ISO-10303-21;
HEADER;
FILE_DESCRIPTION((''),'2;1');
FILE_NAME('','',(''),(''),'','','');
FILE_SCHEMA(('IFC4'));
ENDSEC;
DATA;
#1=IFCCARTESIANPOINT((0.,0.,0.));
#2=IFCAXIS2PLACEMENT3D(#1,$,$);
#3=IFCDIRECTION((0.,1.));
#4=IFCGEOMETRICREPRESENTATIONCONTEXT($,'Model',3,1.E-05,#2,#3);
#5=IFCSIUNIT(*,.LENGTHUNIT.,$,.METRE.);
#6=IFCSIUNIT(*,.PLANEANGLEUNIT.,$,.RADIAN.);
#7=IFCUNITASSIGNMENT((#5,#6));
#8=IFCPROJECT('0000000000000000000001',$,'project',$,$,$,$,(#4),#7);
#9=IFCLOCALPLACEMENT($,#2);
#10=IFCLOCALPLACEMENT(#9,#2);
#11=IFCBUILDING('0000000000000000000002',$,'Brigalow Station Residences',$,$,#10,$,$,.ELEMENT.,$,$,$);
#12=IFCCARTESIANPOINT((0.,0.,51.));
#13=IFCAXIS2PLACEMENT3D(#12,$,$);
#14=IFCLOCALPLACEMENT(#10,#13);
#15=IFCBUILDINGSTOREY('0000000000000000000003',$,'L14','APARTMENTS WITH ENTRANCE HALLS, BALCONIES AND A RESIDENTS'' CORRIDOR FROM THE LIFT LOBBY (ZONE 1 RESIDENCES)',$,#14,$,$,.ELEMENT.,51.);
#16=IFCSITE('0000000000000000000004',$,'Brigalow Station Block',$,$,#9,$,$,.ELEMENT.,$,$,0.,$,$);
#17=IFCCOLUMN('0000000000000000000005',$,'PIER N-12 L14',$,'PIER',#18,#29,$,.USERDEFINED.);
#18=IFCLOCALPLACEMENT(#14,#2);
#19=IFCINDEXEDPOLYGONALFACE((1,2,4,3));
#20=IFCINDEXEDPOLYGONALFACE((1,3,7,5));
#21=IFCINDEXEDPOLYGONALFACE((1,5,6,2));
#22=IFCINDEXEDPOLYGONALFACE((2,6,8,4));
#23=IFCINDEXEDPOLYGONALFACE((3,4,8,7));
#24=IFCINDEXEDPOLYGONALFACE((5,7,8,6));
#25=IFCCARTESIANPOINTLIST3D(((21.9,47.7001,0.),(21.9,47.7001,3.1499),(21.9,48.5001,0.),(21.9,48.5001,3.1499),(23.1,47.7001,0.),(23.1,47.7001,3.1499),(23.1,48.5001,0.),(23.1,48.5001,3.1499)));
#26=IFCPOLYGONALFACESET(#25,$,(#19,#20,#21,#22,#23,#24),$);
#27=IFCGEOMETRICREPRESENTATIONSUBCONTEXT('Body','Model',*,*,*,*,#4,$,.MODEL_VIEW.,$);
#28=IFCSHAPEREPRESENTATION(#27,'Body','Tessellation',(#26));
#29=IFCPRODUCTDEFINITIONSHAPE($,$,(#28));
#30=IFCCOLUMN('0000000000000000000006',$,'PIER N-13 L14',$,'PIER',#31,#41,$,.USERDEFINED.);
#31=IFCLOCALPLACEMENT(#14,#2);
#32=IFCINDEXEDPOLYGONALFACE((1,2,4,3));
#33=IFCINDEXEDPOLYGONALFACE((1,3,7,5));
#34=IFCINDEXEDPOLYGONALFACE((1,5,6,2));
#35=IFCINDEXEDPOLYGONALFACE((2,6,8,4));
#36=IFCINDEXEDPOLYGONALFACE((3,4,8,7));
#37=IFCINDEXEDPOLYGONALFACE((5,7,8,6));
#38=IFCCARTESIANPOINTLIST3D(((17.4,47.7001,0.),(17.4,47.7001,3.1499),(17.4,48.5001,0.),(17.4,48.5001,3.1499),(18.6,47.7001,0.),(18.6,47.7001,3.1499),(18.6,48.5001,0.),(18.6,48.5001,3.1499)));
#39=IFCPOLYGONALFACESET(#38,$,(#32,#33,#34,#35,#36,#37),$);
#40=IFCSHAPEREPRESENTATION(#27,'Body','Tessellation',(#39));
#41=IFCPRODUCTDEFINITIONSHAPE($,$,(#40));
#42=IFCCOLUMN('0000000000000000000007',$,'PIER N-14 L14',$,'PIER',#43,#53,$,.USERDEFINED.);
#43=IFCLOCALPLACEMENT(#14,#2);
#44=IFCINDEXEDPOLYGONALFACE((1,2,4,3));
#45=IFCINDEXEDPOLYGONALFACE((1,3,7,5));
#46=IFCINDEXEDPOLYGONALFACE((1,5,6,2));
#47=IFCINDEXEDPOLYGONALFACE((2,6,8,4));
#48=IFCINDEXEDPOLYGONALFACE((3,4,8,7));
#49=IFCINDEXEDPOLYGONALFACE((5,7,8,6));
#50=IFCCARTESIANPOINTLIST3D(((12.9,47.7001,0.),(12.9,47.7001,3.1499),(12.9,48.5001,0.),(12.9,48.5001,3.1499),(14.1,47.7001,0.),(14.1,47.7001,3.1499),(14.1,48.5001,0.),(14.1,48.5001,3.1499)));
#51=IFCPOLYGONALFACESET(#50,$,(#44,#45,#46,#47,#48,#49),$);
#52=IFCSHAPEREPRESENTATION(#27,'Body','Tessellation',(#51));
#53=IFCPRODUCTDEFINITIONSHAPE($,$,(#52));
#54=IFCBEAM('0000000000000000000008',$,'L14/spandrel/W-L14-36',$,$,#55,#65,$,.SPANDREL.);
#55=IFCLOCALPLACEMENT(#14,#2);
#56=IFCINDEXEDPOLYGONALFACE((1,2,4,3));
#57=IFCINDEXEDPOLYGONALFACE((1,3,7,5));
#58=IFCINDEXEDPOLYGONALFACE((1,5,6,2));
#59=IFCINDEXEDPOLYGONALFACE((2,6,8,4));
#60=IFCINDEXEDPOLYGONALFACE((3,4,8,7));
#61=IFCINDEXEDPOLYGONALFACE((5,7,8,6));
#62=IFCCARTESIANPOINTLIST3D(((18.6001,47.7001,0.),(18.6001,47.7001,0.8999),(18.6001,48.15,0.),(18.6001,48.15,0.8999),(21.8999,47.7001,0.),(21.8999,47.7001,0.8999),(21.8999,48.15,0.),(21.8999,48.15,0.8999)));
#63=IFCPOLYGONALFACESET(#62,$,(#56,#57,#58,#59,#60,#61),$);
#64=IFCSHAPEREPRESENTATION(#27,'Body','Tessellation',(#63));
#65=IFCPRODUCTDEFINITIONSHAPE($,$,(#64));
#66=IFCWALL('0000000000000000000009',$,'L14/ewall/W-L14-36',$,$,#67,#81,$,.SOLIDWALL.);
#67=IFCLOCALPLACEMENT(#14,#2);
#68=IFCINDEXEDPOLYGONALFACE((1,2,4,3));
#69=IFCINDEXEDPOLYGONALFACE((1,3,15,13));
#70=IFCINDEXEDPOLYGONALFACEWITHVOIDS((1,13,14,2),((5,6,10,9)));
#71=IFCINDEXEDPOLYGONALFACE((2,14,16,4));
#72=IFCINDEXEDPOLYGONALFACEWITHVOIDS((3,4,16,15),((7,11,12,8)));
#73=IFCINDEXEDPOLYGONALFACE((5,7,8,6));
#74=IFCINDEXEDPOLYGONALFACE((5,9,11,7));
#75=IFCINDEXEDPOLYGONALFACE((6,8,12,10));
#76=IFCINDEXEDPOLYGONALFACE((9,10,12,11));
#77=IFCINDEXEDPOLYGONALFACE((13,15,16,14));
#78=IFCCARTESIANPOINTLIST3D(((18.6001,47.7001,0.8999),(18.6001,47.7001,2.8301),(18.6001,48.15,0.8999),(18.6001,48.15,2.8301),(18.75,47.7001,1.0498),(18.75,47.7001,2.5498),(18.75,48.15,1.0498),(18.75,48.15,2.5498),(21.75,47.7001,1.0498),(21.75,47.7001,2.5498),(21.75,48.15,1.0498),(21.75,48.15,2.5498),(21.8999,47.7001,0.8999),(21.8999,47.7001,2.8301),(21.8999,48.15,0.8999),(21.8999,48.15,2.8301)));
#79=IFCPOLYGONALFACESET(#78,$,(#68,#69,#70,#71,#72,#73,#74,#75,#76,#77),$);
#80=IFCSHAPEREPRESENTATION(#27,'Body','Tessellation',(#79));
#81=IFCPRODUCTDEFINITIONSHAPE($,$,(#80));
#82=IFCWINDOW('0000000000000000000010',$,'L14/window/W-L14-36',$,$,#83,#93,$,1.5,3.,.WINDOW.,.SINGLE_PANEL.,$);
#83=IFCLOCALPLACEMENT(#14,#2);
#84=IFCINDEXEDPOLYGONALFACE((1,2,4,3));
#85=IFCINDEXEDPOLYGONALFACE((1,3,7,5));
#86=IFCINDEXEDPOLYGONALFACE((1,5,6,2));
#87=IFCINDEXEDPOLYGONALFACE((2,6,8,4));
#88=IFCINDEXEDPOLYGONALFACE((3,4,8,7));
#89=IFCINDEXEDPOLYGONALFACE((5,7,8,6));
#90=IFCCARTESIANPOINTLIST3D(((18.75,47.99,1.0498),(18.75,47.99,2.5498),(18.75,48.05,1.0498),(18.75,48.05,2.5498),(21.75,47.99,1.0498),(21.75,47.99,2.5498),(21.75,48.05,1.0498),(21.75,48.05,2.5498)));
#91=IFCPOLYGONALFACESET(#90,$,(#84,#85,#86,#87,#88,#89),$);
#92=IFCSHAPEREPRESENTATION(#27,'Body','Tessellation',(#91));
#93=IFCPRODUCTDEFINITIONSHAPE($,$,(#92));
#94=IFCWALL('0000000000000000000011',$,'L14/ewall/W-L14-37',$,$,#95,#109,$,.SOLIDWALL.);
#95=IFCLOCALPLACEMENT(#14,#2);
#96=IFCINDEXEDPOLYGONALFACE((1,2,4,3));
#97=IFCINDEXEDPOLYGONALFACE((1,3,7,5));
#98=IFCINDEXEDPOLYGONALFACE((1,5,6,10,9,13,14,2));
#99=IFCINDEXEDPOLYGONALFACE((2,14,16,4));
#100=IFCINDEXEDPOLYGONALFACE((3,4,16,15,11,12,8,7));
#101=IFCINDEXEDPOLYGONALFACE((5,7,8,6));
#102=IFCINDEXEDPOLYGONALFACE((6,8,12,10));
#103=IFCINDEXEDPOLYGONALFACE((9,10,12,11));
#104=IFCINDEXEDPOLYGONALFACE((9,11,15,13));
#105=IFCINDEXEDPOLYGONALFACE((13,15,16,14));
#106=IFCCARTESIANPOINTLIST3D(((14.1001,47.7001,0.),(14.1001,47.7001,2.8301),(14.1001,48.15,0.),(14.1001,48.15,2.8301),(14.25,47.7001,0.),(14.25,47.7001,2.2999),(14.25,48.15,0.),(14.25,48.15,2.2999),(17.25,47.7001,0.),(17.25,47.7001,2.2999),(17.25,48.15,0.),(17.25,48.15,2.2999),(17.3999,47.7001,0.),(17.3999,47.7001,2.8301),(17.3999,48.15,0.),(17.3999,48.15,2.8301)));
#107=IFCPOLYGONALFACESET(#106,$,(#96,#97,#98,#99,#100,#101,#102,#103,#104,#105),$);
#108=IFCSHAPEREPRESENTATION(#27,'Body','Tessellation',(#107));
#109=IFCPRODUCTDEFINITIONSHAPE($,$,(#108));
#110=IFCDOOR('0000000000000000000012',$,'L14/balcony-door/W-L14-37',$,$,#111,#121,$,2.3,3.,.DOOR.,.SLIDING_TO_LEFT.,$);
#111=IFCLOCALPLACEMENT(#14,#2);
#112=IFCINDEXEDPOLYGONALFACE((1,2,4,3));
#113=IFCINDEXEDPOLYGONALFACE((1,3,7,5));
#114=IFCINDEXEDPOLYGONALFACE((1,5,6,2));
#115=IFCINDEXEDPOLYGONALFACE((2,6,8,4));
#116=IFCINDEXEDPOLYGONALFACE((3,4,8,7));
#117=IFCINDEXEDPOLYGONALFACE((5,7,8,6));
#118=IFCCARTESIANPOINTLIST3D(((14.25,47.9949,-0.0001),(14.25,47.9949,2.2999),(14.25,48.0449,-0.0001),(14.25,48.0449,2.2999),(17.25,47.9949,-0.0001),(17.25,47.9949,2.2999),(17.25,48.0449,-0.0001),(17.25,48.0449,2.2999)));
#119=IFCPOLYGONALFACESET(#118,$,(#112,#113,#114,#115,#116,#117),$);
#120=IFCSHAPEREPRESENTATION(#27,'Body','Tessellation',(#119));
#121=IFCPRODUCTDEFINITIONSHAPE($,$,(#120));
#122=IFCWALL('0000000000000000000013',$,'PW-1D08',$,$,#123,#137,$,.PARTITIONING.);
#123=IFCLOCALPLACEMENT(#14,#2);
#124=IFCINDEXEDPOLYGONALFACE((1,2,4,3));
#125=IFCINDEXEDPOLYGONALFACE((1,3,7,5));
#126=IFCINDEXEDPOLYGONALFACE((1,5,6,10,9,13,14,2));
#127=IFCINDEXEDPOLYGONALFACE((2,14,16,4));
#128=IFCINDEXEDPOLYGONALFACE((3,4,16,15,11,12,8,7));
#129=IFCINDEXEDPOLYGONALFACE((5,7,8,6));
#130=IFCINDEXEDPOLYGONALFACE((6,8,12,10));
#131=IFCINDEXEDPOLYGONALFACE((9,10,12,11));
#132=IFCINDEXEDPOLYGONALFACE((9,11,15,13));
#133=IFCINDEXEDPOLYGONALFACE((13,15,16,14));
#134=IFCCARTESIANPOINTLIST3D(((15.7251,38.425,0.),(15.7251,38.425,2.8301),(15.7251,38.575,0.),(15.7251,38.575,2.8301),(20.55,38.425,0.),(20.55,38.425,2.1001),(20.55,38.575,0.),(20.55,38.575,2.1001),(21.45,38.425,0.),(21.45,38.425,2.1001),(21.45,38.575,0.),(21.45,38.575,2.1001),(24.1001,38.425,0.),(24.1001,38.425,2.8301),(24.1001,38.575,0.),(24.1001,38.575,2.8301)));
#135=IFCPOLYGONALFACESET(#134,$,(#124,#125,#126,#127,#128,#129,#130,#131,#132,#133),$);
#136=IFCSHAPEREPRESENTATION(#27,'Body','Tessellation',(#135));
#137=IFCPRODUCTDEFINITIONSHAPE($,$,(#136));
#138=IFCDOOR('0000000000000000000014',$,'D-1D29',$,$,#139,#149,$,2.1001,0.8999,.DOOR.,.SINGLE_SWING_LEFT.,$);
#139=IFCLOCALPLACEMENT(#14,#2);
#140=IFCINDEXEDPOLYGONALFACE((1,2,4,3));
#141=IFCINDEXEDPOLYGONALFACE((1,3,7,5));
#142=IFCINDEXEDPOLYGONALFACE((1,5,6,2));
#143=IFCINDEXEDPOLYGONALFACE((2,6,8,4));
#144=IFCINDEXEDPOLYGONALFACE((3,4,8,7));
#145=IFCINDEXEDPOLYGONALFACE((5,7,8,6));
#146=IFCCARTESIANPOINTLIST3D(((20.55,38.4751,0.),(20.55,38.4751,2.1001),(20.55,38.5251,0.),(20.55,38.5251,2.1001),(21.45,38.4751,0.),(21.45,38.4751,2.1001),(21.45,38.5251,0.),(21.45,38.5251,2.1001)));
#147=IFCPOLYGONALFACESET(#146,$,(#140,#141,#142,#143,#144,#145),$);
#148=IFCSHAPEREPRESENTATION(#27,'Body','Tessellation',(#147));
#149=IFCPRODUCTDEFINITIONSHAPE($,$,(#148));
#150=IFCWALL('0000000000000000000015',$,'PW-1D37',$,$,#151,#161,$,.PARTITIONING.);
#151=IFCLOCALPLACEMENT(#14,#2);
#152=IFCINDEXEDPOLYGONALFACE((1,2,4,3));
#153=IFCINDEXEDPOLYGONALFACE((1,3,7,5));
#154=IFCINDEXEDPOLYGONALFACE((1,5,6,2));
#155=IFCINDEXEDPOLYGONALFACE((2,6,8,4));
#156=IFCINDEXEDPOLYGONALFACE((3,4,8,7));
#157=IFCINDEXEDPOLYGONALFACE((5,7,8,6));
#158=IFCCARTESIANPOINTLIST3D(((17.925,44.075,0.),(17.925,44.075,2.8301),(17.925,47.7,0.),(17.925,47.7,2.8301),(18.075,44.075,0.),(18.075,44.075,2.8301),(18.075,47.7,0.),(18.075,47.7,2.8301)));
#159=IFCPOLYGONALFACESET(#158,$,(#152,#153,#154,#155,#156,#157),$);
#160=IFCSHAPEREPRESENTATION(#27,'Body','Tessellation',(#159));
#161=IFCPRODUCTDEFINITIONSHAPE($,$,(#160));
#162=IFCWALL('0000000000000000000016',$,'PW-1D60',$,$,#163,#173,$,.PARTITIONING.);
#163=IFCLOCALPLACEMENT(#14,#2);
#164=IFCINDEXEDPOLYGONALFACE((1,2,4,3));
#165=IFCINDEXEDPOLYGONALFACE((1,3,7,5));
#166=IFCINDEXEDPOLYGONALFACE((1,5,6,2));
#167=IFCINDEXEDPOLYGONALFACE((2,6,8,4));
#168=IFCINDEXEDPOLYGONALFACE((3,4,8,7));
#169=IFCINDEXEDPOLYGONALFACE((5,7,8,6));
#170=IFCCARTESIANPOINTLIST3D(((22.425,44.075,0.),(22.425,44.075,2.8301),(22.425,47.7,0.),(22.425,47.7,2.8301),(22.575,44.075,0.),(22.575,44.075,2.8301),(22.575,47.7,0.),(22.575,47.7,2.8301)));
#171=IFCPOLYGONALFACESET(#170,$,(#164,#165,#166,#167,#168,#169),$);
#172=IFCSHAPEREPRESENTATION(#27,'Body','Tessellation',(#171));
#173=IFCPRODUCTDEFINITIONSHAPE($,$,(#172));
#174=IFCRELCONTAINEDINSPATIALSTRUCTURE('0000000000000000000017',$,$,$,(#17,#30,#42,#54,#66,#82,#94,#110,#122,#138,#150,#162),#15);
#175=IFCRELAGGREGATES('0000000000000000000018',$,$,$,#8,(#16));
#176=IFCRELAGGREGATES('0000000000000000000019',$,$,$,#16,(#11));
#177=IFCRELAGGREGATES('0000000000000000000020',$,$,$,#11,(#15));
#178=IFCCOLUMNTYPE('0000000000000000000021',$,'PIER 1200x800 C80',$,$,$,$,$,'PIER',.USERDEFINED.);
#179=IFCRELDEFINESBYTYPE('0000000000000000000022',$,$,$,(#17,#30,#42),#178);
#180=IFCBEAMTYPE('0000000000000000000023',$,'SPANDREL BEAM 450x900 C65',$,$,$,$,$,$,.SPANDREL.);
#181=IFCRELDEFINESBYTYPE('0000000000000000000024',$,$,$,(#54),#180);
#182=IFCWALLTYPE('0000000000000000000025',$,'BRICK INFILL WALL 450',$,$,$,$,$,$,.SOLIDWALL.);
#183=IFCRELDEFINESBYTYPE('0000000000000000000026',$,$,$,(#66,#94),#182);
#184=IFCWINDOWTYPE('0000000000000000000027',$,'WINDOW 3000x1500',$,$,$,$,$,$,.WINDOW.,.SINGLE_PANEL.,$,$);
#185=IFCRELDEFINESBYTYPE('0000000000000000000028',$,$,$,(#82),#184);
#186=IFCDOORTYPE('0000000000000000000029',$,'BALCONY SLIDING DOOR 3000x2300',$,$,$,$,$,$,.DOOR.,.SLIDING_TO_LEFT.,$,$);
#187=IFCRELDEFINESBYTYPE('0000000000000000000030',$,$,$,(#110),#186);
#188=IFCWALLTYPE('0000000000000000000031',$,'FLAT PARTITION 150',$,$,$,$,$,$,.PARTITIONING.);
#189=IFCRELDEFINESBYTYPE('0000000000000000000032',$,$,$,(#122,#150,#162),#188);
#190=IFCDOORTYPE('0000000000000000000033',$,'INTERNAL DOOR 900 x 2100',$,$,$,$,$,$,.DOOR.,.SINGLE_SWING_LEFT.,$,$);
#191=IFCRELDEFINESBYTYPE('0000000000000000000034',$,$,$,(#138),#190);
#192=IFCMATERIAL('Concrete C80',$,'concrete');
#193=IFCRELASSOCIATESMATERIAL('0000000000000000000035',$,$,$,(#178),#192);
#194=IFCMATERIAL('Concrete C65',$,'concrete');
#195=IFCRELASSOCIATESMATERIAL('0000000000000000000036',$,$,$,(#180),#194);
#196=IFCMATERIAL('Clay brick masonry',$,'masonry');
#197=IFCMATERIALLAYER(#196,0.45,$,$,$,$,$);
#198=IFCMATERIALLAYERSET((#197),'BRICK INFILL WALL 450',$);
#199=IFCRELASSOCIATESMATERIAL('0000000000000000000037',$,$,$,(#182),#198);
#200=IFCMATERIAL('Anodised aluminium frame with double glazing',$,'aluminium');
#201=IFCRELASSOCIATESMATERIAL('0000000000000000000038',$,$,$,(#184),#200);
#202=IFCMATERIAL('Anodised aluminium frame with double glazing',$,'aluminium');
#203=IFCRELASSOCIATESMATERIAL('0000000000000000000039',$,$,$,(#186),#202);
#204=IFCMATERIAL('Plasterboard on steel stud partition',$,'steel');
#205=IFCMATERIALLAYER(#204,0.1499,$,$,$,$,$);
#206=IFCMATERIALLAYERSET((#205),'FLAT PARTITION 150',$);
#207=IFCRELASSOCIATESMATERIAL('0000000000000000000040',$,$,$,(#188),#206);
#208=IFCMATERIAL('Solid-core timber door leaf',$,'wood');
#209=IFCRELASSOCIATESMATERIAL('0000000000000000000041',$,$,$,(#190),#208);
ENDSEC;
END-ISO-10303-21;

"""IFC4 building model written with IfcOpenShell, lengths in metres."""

from ifc_helpers import new_model, si_unit, direction, frame, frame_2d, origin, origin_2d, place, context, subcontext, project, spatial, rectangle, extrude, material, layer, layer_set, material_profile, profile_set, type_object, element, fill, save


model = new_model("IFC4")

# Units and contexts
model_context = context("Model", 3, precision=1e-05, world=origin(), true_north=direction((0.0, 1.0)))
body_context = subcontext(model_context, "Body", "Model", "MODEL_VIEW")
ifc_project = project(units=[si_unit("LENGTHUNIT", "METRE"), si_unit("PLANEANGLEUNIT", "RADIAN")], contexts=[model_context])

# Site, building, storey
site_placement = place(None, origin())
site = spatial("IfcSite", under=ifc_project, at=site_placement, Name="Brigalow Station Block", CompositionType="ELEMENT", RefElevation=0.0)
building_placement = place(site_placement, origin())
building = spatial("IfcBuilding", under=site, at=building_placement, Name="Brigalow Station Residences", CompositionType="ELEMENT")
storey_placement = place(building_placement, frame((0.0, 0.0, 51.0)))
storey = spatial("IfcBuildingStorey", under=building, at=storey_placement, Name="L14", Description="APARTMENTS WITH ENTRANCE HALLS, BALCONIES AND A RESIDENTS' CORRIDOR FROM THE LIFT LOBBY (ZONE 1 RESIDENCES)", CompositionType="ELEMENT", Elevation=51.0)

# Columns
ifc_material_1 = material(Name="Concrete C80", Category="concrete")
ifc_material_profile_1 = material_profile(ifc_material_1, rectangle(XDim=1.2, YDim=0.8, at=origin_2d()), Name="RC1200x800")
ifc_profile_set_1 = profile_set([ifc_material_profile_1], Name="Concrete C80")
column_type = type_object("IfcColumnType", Name="PIER 1200x800 C80", ElementType="PIER", PredefinedType="USERDEFINED", material=ifc_profile_set_1)
for number, where, z_axis, x_axis, name in (
    (1, (22.5, 48.1001, 0.0), (0.0, 0.0, 1.0), (-1.0, 0.0, 0.0), "PIER N-12 L14"),
    (2, (18.0, 48.1001, 0.0), (0.0, 0.0, 1.0), (-1.0, 0.0, 0.0), "PIER N-13 L14"),
    (3, (13.5, 48.1001, 0.0), (0.0, 0.0, 1.0), (-1.0, 0.0, 0.0), "PIER N-14 L14"),
):
    element("IfcColumn", number, at=place(storey_placement, frame(where, z_axis=z_axis, x_axis=x_axis)), inside=storey, type_object=column_type, Name=name, ObjectType="PIER", PredefinedType="USERDEFINED", context=body_context, shape_type="SweptSolid", body=[
        extrude(rectangle(XDim=1.2, YDim=0.8, at=origin_2d()), origin(), (0.0, 0.0, 1.0), 3.1499),
    ])

# Beam
ifc_material_2 = material(Name="Concrete C65", Category="concrete")
ifc_material_profile_2 = material_profile(ifc_material_2, rectangle(XDim=0.45, YDim=0.8999, at=origin_2d()), Name="RC450x900")
ifc_profile_set_2 = profile_set([ifc_material_profile_2], Name="Concrete C65")
beam_type = type_object("IfcBeamType", Name="SPANDREL BEAM 450x900 C65", PredefinedType="SPANDREL", material=ifc_profile_set_2)
beam_placement = place(storey_placement, frame((21.8999, 47.925, 0.45), z_axis=(-1.0, 0.0, 0.0), x_axis=(0.0, -1.0, 0.0)))
element("IfcBeam", 4, at=beam_placement, inside=storey, type_object=beam_type, Name="L14/spandrel/W-L14-36", PredefinedType="SPANDREL", context=body_context, shape_type="SweptSolid", body=[
    extrude(rectangle(XDim=0.45, YDim=0.8999, at=origin_2d()), origin(), (0.0, 0.0, 1.0), 3.2998),
])

# Wall, opening, window
ifc_material_3 = material(Name="Clay brick masonry", Category="masonry")
ifc_layer_1 = layer(ifc_material_3, 0.45)
ifc_layer_set_1 = layer_set([ifc_layer_1], Name="BRICK INFILL WALL 450")
wall_type_1 = type_object("IfcWallType", Name="BRICK INFILL WALL 450", PredefinedType="SOLIDWALL", material=ifc_layer_set_1)
wall_1_placement = place(storey_placement, frame((21.8999, 47.925, 0.8999), z_axis=(0.0, 0.0, 1.0), x_axis=(-1.0, 0.0, 0.0)))
wall_1 = element("IfcWall", 5, at=wall_1_placement, inside=storey, type_object=wall_type_1, Name="L14/ewall/W-L14-36", PredefinedType="SOLIDWALL", context=body_context, shape_type="SweptSolid", body=[
    extrude(rectangle(XDim=3.2998, YDim=0.45, at=frame_2d((1.6499, 0.0))), origin(), (0.0, 0.0, 1.0), 1.9302),
])
opening_1_placement = place(wall_1_placement, frame((0.1499, 0.0, 0.1499)))
opening_1 = element("IfcOpeningElement", 6, at=opening_1_placement, cuts=wall_1, PredefinedType="OPENING", context=body_context, shape_type="SweptSolid", body=[
    extrude(rectangle(XDim=3.0, YDim=1.5, at=frame_2d((1.5, 0.75))), frame((0.0, 0.2349, 0.0), z_axis=(0.0, -1.0, 0.0), x_axis=(1.0, 0.0, 0.0)), (0.0, 0.0, 1.0), 0.47),
])
ifc_material_4 = material(Name="Anodised aluminium frame with double glazing", Category="aluminium")
window_type = type_object("IfcWindowType", Name="WINDOW 3000x1500", PartitioningType="SINGLE_PANEL", PredefinedType="WINDOW", material=ifc_material_4)
window_placement = place(opening_1_placement, origin())
window = element("IfcWindow", 7, at=window_placement, inside=storey, type_object=window_type, Name="L14/window/W-L14-36", OverallHeight=1.5, OverallWidth=3.0, PartitioningType="SINGLE_PANEL", PredefinedType="WINDOW", context=body_context, shape_type="SweptSolid", body=[
    extrude(rectangle(XDim=3.0, YDim=1.5, at=frame_2d((1.5, 0.75))), frame((0.0, -0.0649, 0.0), z_axis=(0.0, -1.0, 0.0), x_axis=(1.0, 0.0, 0.0)), (0.0, 0.0, 1.0), 0.0601),
])
fill(opening_1, window)

# Walls, openings, doors
wall_2_placement = place(storey_placement, frame((17.3999, 47.925, 0.0), z_axis=(0.0, 0.0, 1.0), x_axis=(-1.0, 0.0, 0.0)))
wall_2 = element("IfcWall", 8, at=wall_2_placement, inside=storey, type_object=wall_type_1, Name="L14/ewall/W-L14-37", PredefinedType="SOLIDWALL", context=body_context, shape_type="SweptSolid", body=[
    extrude(rectangle(XDim=3.2998, YDim=0.45, at=frame_2d((1.6499, 0.0))), origin(), (0.0, 0.0, 1.0), 2.8301),
])
opening_2_placement = place(wall_2_placement, frame((0.1499, 0.0, 0.0)))
opening_2 = element("IfcOpeningElement", 9, at=opening_2_placement, cuts=wall_2, PredefinedType="OPENING", context=body_context, shape_type="SweptSolid", body=[
    extrude(rectangle(XDim=3.0, YDim=2.3, at=frame_2d((1.5, 1.1499))), frame((0.0, 0.2349, 0.0), z_axis=(0.0, -1.0, 0.0), x_axis=(1.0, 0.0, 0.0)), (0.0, 0.0, 1.0), 0.47),
])
ifc_material_5 = material(Name="Anodised aluminium frame with double glazing", Category="aluminium")
door_type_1 = type_object("IfcDoorType", Name="BALCONY SLIDING DOOR 3000x2300", OperationType="SLIDING_TO_LEFT", PredefinedType="DOOR", material=ifc_material_5)
door_1_placement = place(opening_2_placement, origin())
door_1 = element("IfcDoor", 10, at=door_1_placement, inside=storey, type_object=door_type_1, Name="L14/balcony-door/W-L14-37", OperationType="SLIDING_TO_LEFT", OverallHeight=2.3, OverallWidth=3.0, PredefinedType="DOOR", context=body_context, shape_type="SweptSolid", body=[
    extrude(rectangle(XDim=3.0, YDim=2.3, at=frame_2d((1.5, 1.1499))), frame((0.0, -0.0698, 0.0), z_axis=(0.0, -1.0, 0.0), x_axis=(1.0, 0.0, 0.0)), (0.0, 0.0, 1.0), 0.05),
])
fill(opening_2, door_1)
ifc_material_6 = material(Name="Plasterboard on steel stud partition", Category="steel")
ifc_layer_2 = layer(ifc_material_6, 0.1499)
ifc_layer_set_2 = layer_set([ifc_layer_2], Name="FLAT PARTITION 150")
wall_type_2 = type_object("IfcWallType", Name="FLAT PARTITION 150", PredefinedType="PARTITIONING", material=ifc_layer_set_2)
wall_3_placement = place(storey_placement, frame((15.7251, 38.5, 0.0), z_axis=(0.0, 0.0, 1.0), x_axis=(1.0, 0.0, 0.0)))
wall_3 = element("IfcWall", 11, at=wall_3_placement, inside=storey, type_object=wall_type_2, Name="PW-1D08", PredefinedType="PARTITIONING", context=body_context, shape_type="SweptSolid", body=[
    extrude(rectangle(XDim=8.375, YDim=0.1499, at=frame_2d((4.1875, 0.0))), origin(), (0.0, 0.0, 1.0), 2.8301),
])
opening_3_placement = place(wall_3_placement, frame((4.825, 0.0, 0.0)))
opening_3 = element("IfcOpeningElement", 12, at=opening_3_placement, cuts=wall_3, PredefinedType="OPENING", context=body_context, shape_type="SweptSolid", body=[
    extrude(rectangle(XDim=0.8999, YDim=2.1001, at=frame_2d((0.45, 1.05))), frame((0.0, 0.085, 0.0), z_axis=(0.0, -1.0, 0.0), x_axis=(1.0, 0.0, 0.0)), (0.0, 0.0, 1.0), 0.1699),
])
ifc_material_7 = material(Name="Solid-core timber door leaf", Category="wood")
door_type_2 = type_object("IfcDoorType", Name="INTERNAL DOOR 900 x 2100", OperationType="SINGLE_SWING_LEFT", PredefinedType="DOOR", material=ifc_material_7)
door_2_placement = place(opening_3_placement, frame((0.8999, 0.0, 0.0), z_axis=(0.0, 0.0, 1.0), x_axis=(-1.0, 0.0, 0.0)))
door_2 = element("IfcDoor", 13, at=door_2_placement, inside=storey, type_object=door_type_2, Name="D-1D29", OperationType="SINGLE_SWING_LEFT", OverallHeight=2.1001, OverallWidth=0.8999, PredefinedType="DOOR", context=body_context, shape_type="SweptSolid", body=[
    extrude(rectangle(XDim=0.8999, YDim=2.1001, at=frame_2d((0.45, 1.05))), frame((0.0, 0.0249, 0.0), z_axis=(0.0, -1.0, 0.0), x_axis=(1.0, 0.0, 0.0)), (0.0, 0.0, 1.0), 0.05),
])
fill(opening_3, door_2)

# Walls
for number, where, z_axis, x_axis, name in (
    (14, (18.0, 44.075, 0.0), (0.0, 0.0, 1.0), (0.0, 1.0, 0.0), "PW-1D37"),
    (15, (22.5, 44.075, 0.0), (0.0, 0.0, 1.0), (0.0, 1.0, 0.0), "PW-1D60"),
):
    element("IfcWall", number, at=place(storey_placement, frame(where, z_axis=z_axis, x_axis=x_axis)), inside=storey, type_object=wall_type_2, Name=name, PredefinedType="PARTITIONING", context=body_context, shape_type="SweptSolid", body=[
        extrude(rectangle(XDim=3.625, YDim=0.1499, at=frame_2d((1.8125, 0.0))), origin(), (0.0, 0.0, 1.0), 2.8301),
    ])

save(model, "model.ifc")
